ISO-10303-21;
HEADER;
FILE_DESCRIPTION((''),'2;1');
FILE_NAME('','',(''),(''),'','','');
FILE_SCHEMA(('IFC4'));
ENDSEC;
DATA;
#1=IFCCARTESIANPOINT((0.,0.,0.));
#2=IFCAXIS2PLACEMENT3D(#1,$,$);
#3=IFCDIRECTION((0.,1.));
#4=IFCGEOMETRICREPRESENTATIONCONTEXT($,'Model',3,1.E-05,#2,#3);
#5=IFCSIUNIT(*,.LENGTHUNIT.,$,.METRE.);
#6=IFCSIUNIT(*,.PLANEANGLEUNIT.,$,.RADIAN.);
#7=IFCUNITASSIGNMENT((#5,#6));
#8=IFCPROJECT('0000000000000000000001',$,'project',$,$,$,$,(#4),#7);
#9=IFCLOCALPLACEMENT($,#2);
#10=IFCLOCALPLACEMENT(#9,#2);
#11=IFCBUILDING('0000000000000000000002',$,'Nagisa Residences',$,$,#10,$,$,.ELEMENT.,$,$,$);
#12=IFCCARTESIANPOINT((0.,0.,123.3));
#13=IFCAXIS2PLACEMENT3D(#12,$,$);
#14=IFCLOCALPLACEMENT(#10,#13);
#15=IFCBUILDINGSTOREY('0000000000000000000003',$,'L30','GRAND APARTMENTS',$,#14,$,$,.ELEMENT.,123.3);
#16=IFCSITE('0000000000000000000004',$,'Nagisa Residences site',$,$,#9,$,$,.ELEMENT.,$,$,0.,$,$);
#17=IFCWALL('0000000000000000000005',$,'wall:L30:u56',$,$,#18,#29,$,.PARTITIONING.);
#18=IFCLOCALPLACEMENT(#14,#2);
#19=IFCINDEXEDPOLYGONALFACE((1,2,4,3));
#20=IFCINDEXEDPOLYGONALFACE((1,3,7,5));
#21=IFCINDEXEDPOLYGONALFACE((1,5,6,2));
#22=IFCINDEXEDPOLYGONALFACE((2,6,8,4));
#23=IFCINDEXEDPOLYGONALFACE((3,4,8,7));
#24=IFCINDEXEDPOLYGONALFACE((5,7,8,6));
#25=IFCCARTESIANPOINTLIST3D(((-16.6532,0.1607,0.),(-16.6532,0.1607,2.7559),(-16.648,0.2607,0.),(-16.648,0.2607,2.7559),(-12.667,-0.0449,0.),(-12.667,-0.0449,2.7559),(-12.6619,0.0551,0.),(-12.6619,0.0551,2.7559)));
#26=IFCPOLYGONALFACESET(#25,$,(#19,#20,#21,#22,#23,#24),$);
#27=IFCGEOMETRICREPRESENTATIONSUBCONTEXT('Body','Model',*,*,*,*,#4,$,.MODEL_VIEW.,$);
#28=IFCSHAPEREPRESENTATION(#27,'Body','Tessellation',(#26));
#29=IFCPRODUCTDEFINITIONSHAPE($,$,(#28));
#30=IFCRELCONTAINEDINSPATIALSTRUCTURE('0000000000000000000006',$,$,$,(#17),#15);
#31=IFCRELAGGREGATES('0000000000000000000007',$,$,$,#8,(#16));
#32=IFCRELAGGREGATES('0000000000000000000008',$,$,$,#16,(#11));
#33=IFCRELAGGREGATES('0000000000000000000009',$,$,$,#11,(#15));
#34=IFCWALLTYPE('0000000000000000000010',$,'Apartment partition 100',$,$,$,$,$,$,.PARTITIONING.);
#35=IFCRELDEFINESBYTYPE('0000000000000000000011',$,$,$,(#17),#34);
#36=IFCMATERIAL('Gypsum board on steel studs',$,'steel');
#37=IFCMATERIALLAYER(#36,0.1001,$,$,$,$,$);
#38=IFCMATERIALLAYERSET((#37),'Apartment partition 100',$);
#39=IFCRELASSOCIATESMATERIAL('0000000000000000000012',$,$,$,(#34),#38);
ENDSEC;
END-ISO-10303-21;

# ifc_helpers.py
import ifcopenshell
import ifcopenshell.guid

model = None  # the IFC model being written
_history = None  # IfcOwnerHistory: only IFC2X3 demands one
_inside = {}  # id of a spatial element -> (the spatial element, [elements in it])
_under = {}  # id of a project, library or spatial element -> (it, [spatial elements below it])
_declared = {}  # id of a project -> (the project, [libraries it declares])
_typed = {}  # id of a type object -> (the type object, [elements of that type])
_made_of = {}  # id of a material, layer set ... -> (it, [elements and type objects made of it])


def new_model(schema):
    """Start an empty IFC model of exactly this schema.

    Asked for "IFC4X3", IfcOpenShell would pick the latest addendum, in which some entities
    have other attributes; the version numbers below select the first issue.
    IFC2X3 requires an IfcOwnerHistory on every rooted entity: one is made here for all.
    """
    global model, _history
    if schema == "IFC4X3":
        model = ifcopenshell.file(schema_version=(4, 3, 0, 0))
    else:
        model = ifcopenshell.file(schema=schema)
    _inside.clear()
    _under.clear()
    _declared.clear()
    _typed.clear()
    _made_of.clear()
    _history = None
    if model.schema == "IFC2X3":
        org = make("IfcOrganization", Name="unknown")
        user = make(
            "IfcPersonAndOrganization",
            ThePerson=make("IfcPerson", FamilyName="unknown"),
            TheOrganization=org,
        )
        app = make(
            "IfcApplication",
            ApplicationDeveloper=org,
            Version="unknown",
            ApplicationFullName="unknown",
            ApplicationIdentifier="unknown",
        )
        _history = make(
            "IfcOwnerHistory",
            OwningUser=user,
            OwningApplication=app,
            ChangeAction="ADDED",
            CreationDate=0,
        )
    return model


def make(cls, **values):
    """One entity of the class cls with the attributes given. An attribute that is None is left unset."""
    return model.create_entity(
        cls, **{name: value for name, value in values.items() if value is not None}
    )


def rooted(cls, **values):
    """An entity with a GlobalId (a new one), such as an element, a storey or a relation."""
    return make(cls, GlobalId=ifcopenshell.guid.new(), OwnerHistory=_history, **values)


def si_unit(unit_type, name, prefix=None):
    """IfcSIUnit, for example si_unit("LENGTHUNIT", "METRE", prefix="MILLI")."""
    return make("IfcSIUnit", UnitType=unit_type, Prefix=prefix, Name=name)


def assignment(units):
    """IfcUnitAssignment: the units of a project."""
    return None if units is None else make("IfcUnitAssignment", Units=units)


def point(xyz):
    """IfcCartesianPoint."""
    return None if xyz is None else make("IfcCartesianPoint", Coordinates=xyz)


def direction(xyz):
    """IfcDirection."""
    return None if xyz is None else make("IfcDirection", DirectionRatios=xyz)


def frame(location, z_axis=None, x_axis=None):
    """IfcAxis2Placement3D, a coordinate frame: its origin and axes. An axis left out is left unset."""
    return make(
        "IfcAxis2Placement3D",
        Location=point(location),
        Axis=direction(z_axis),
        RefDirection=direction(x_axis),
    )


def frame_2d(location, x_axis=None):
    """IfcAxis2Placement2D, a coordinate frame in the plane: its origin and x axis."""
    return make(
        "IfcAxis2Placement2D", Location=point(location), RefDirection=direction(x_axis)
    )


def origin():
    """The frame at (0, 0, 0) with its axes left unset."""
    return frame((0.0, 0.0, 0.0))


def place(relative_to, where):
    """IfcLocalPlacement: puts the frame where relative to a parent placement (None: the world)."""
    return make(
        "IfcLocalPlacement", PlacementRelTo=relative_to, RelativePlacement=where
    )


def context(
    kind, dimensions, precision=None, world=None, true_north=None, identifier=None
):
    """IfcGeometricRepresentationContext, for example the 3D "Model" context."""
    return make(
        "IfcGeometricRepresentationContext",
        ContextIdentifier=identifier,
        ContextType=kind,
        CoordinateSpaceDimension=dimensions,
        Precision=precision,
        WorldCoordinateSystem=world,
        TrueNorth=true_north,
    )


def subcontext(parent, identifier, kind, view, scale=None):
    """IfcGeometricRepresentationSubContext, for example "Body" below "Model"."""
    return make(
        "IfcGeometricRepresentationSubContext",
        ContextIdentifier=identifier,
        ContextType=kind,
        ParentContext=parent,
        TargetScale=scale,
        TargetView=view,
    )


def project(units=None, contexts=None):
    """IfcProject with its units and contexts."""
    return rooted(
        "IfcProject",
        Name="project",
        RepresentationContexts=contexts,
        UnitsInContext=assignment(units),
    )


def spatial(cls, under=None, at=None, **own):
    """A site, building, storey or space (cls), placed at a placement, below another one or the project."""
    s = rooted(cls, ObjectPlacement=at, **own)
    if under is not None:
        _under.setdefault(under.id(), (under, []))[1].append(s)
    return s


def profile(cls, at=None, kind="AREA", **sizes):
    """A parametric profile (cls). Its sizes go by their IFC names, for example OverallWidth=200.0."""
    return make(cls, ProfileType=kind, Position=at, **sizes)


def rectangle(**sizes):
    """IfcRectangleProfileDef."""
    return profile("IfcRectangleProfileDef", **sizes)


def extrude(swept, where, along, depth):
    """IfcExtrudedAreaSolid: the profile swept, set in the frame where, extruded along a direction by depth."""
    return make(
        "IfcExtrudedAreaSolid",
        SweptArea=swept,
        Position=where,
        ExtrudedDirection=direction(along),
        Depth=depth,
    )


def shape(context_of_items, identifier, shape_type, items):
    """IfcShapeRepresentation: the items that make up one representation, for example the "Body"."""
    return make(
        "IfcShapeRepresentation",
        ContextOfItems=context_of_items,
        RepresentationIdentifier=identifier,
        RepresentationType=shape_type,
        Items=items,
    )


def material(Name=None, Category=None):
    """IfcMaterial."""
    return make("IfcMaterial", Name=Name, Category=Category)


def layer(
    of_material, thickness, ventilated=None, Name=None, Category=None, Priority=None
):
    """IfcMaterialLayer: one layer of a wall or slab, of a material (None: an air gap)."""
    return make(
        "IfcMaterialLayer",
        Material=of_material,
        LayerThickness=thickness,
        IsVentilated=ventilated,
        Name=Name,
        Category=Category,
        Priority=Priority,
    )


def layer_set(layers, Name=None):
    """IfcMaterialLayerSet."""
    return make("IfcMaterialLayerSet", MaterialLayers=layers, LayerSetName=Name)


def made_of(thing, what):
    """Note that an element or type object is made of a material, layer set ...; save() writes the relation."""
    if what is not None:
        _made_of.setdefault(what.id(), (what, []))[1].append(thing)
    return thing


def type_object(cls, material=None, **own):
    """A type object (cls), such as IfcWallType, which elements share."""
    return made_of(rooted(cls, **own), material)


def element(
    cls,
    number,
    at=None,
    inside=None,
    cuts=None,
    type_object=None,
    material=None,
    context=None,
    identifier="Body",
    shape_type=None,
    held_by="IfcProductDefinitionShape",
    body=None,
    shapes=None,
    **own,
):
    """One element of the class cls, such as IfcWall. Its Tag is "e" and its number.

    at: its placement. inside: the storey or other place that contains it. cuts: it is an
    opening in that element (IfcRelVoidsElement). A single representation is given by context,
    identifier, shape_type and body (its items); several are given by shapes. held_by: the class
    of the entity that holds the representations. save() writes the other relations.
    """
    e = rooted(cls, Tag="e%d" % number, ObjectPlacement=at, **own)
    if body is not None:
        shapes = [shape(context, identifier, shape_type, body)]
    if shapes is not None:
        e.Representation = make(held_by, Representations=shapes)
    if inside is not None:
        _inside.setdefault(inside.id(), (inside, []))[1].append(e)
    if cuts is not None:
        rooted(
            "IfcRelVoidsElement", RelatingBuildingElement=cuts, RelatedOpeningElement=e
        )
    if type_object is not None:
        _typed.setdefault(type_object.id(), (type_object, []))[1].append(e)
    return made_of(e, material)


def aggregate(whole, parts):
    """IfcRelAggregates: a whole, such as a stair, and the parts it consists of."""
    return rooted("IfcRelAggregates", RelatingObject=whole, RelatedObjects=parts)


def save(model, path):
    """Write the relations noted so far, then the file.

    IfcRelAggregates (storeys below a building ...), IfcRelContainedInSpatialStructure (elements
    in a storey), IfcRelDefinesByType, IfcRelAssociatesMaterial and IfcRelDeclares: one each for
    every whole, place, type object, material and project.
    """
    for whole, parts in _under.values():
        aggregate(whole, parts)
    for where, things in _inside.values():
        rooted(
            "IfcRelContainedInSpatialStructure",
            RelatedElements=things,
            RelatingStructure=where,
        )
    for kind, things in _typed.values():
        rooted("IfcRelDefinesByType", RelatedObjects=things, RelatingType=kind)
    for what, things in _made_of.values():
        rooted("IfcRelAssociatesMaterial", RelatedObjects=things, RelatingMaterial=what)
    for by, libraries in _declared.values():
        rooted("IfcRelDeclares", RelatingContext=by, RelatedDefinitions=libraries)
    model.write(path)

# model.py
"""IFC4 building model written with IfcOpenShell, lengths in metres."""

from ifc_helpers import new_model, si_unit, direction, frame, frame_2d, origin, place, context, subcontext, project, spatial, rectangle, extrude, material, layer, layer_set, type_object, element, save


model = new_model("IFC4")

# Units and contexts
model_context = context("Model", 3, precision=1e-05, world=origin(), true_north=direction((0.0, 1.0)))
body_context = subcontext(model_context, "Body", "Model", "MODEL_VIEW")
ifc_project = project(units=[si_unit("LENGTHUNIT", "METRE"), si_unit("PLANEANGLEUNIT", "RADIAN")], contexts=[model_context])

# Site, building, storey
site_placement = place(None, origin())
site = spatial("IfcSite", under=ifc_project, at=site_placement, Name="Nagisa Residences site", CompositionType="ELEMENT", RefElevation=0.0)
building_placement = place(site_placement, origin())
building = spatial("IfcBuilding", under=site, at=building_placement, Name="Nagisa Residences", CompositionType="ELEMENT")
storey_placement = place(building_placement, frame((0.0, 0.0, 123.3)))
storey = spatial("IfcBuildingStorey", under=building, at=storey_placement, Name="L30", Description="GRAND APARTMENTS", CompositionType="ELEMENT", Elevation=123.3)

# Shared definitions
ifc_material_1 = material(Name="Gypsum board on steel studs", Category="steel")
ifc_layer_1 = layer(ifc_material_1, 0.1001)
ifc_layer_set_1 = layer_set([ifc_layer_1], Name="Apartment partition 100")
wall_type_1 = type_object("IfcWallType", Name="Apartment partition 100", PredefinedType="PARTITIONING", material=ifc_layer_set_1)

# Wall
wall_1_placement = place(storey_placement, frame((-12.6646, 0.0051, 0.0), z_axis=(0.0, 0.0, 1.0), x_axis=(-0.998673, 0.051503, 0.0)))
element("IfcWall", 1, at=wall_1_placement, inside=storey, type_object=wall_type_1, Name="wall:L30:u56", PredefinedType="PARTITIONING", context=body_context, shape_type="SweptSolid", body=[
    extrude(rectangle(XDim=3.9915, YDim=0.1001, at=frame_2d((1.9956, 0.0))), origin(), (0.0, 0.0, 1.0), 2.7559),
])

save(model, "model.ifc")
